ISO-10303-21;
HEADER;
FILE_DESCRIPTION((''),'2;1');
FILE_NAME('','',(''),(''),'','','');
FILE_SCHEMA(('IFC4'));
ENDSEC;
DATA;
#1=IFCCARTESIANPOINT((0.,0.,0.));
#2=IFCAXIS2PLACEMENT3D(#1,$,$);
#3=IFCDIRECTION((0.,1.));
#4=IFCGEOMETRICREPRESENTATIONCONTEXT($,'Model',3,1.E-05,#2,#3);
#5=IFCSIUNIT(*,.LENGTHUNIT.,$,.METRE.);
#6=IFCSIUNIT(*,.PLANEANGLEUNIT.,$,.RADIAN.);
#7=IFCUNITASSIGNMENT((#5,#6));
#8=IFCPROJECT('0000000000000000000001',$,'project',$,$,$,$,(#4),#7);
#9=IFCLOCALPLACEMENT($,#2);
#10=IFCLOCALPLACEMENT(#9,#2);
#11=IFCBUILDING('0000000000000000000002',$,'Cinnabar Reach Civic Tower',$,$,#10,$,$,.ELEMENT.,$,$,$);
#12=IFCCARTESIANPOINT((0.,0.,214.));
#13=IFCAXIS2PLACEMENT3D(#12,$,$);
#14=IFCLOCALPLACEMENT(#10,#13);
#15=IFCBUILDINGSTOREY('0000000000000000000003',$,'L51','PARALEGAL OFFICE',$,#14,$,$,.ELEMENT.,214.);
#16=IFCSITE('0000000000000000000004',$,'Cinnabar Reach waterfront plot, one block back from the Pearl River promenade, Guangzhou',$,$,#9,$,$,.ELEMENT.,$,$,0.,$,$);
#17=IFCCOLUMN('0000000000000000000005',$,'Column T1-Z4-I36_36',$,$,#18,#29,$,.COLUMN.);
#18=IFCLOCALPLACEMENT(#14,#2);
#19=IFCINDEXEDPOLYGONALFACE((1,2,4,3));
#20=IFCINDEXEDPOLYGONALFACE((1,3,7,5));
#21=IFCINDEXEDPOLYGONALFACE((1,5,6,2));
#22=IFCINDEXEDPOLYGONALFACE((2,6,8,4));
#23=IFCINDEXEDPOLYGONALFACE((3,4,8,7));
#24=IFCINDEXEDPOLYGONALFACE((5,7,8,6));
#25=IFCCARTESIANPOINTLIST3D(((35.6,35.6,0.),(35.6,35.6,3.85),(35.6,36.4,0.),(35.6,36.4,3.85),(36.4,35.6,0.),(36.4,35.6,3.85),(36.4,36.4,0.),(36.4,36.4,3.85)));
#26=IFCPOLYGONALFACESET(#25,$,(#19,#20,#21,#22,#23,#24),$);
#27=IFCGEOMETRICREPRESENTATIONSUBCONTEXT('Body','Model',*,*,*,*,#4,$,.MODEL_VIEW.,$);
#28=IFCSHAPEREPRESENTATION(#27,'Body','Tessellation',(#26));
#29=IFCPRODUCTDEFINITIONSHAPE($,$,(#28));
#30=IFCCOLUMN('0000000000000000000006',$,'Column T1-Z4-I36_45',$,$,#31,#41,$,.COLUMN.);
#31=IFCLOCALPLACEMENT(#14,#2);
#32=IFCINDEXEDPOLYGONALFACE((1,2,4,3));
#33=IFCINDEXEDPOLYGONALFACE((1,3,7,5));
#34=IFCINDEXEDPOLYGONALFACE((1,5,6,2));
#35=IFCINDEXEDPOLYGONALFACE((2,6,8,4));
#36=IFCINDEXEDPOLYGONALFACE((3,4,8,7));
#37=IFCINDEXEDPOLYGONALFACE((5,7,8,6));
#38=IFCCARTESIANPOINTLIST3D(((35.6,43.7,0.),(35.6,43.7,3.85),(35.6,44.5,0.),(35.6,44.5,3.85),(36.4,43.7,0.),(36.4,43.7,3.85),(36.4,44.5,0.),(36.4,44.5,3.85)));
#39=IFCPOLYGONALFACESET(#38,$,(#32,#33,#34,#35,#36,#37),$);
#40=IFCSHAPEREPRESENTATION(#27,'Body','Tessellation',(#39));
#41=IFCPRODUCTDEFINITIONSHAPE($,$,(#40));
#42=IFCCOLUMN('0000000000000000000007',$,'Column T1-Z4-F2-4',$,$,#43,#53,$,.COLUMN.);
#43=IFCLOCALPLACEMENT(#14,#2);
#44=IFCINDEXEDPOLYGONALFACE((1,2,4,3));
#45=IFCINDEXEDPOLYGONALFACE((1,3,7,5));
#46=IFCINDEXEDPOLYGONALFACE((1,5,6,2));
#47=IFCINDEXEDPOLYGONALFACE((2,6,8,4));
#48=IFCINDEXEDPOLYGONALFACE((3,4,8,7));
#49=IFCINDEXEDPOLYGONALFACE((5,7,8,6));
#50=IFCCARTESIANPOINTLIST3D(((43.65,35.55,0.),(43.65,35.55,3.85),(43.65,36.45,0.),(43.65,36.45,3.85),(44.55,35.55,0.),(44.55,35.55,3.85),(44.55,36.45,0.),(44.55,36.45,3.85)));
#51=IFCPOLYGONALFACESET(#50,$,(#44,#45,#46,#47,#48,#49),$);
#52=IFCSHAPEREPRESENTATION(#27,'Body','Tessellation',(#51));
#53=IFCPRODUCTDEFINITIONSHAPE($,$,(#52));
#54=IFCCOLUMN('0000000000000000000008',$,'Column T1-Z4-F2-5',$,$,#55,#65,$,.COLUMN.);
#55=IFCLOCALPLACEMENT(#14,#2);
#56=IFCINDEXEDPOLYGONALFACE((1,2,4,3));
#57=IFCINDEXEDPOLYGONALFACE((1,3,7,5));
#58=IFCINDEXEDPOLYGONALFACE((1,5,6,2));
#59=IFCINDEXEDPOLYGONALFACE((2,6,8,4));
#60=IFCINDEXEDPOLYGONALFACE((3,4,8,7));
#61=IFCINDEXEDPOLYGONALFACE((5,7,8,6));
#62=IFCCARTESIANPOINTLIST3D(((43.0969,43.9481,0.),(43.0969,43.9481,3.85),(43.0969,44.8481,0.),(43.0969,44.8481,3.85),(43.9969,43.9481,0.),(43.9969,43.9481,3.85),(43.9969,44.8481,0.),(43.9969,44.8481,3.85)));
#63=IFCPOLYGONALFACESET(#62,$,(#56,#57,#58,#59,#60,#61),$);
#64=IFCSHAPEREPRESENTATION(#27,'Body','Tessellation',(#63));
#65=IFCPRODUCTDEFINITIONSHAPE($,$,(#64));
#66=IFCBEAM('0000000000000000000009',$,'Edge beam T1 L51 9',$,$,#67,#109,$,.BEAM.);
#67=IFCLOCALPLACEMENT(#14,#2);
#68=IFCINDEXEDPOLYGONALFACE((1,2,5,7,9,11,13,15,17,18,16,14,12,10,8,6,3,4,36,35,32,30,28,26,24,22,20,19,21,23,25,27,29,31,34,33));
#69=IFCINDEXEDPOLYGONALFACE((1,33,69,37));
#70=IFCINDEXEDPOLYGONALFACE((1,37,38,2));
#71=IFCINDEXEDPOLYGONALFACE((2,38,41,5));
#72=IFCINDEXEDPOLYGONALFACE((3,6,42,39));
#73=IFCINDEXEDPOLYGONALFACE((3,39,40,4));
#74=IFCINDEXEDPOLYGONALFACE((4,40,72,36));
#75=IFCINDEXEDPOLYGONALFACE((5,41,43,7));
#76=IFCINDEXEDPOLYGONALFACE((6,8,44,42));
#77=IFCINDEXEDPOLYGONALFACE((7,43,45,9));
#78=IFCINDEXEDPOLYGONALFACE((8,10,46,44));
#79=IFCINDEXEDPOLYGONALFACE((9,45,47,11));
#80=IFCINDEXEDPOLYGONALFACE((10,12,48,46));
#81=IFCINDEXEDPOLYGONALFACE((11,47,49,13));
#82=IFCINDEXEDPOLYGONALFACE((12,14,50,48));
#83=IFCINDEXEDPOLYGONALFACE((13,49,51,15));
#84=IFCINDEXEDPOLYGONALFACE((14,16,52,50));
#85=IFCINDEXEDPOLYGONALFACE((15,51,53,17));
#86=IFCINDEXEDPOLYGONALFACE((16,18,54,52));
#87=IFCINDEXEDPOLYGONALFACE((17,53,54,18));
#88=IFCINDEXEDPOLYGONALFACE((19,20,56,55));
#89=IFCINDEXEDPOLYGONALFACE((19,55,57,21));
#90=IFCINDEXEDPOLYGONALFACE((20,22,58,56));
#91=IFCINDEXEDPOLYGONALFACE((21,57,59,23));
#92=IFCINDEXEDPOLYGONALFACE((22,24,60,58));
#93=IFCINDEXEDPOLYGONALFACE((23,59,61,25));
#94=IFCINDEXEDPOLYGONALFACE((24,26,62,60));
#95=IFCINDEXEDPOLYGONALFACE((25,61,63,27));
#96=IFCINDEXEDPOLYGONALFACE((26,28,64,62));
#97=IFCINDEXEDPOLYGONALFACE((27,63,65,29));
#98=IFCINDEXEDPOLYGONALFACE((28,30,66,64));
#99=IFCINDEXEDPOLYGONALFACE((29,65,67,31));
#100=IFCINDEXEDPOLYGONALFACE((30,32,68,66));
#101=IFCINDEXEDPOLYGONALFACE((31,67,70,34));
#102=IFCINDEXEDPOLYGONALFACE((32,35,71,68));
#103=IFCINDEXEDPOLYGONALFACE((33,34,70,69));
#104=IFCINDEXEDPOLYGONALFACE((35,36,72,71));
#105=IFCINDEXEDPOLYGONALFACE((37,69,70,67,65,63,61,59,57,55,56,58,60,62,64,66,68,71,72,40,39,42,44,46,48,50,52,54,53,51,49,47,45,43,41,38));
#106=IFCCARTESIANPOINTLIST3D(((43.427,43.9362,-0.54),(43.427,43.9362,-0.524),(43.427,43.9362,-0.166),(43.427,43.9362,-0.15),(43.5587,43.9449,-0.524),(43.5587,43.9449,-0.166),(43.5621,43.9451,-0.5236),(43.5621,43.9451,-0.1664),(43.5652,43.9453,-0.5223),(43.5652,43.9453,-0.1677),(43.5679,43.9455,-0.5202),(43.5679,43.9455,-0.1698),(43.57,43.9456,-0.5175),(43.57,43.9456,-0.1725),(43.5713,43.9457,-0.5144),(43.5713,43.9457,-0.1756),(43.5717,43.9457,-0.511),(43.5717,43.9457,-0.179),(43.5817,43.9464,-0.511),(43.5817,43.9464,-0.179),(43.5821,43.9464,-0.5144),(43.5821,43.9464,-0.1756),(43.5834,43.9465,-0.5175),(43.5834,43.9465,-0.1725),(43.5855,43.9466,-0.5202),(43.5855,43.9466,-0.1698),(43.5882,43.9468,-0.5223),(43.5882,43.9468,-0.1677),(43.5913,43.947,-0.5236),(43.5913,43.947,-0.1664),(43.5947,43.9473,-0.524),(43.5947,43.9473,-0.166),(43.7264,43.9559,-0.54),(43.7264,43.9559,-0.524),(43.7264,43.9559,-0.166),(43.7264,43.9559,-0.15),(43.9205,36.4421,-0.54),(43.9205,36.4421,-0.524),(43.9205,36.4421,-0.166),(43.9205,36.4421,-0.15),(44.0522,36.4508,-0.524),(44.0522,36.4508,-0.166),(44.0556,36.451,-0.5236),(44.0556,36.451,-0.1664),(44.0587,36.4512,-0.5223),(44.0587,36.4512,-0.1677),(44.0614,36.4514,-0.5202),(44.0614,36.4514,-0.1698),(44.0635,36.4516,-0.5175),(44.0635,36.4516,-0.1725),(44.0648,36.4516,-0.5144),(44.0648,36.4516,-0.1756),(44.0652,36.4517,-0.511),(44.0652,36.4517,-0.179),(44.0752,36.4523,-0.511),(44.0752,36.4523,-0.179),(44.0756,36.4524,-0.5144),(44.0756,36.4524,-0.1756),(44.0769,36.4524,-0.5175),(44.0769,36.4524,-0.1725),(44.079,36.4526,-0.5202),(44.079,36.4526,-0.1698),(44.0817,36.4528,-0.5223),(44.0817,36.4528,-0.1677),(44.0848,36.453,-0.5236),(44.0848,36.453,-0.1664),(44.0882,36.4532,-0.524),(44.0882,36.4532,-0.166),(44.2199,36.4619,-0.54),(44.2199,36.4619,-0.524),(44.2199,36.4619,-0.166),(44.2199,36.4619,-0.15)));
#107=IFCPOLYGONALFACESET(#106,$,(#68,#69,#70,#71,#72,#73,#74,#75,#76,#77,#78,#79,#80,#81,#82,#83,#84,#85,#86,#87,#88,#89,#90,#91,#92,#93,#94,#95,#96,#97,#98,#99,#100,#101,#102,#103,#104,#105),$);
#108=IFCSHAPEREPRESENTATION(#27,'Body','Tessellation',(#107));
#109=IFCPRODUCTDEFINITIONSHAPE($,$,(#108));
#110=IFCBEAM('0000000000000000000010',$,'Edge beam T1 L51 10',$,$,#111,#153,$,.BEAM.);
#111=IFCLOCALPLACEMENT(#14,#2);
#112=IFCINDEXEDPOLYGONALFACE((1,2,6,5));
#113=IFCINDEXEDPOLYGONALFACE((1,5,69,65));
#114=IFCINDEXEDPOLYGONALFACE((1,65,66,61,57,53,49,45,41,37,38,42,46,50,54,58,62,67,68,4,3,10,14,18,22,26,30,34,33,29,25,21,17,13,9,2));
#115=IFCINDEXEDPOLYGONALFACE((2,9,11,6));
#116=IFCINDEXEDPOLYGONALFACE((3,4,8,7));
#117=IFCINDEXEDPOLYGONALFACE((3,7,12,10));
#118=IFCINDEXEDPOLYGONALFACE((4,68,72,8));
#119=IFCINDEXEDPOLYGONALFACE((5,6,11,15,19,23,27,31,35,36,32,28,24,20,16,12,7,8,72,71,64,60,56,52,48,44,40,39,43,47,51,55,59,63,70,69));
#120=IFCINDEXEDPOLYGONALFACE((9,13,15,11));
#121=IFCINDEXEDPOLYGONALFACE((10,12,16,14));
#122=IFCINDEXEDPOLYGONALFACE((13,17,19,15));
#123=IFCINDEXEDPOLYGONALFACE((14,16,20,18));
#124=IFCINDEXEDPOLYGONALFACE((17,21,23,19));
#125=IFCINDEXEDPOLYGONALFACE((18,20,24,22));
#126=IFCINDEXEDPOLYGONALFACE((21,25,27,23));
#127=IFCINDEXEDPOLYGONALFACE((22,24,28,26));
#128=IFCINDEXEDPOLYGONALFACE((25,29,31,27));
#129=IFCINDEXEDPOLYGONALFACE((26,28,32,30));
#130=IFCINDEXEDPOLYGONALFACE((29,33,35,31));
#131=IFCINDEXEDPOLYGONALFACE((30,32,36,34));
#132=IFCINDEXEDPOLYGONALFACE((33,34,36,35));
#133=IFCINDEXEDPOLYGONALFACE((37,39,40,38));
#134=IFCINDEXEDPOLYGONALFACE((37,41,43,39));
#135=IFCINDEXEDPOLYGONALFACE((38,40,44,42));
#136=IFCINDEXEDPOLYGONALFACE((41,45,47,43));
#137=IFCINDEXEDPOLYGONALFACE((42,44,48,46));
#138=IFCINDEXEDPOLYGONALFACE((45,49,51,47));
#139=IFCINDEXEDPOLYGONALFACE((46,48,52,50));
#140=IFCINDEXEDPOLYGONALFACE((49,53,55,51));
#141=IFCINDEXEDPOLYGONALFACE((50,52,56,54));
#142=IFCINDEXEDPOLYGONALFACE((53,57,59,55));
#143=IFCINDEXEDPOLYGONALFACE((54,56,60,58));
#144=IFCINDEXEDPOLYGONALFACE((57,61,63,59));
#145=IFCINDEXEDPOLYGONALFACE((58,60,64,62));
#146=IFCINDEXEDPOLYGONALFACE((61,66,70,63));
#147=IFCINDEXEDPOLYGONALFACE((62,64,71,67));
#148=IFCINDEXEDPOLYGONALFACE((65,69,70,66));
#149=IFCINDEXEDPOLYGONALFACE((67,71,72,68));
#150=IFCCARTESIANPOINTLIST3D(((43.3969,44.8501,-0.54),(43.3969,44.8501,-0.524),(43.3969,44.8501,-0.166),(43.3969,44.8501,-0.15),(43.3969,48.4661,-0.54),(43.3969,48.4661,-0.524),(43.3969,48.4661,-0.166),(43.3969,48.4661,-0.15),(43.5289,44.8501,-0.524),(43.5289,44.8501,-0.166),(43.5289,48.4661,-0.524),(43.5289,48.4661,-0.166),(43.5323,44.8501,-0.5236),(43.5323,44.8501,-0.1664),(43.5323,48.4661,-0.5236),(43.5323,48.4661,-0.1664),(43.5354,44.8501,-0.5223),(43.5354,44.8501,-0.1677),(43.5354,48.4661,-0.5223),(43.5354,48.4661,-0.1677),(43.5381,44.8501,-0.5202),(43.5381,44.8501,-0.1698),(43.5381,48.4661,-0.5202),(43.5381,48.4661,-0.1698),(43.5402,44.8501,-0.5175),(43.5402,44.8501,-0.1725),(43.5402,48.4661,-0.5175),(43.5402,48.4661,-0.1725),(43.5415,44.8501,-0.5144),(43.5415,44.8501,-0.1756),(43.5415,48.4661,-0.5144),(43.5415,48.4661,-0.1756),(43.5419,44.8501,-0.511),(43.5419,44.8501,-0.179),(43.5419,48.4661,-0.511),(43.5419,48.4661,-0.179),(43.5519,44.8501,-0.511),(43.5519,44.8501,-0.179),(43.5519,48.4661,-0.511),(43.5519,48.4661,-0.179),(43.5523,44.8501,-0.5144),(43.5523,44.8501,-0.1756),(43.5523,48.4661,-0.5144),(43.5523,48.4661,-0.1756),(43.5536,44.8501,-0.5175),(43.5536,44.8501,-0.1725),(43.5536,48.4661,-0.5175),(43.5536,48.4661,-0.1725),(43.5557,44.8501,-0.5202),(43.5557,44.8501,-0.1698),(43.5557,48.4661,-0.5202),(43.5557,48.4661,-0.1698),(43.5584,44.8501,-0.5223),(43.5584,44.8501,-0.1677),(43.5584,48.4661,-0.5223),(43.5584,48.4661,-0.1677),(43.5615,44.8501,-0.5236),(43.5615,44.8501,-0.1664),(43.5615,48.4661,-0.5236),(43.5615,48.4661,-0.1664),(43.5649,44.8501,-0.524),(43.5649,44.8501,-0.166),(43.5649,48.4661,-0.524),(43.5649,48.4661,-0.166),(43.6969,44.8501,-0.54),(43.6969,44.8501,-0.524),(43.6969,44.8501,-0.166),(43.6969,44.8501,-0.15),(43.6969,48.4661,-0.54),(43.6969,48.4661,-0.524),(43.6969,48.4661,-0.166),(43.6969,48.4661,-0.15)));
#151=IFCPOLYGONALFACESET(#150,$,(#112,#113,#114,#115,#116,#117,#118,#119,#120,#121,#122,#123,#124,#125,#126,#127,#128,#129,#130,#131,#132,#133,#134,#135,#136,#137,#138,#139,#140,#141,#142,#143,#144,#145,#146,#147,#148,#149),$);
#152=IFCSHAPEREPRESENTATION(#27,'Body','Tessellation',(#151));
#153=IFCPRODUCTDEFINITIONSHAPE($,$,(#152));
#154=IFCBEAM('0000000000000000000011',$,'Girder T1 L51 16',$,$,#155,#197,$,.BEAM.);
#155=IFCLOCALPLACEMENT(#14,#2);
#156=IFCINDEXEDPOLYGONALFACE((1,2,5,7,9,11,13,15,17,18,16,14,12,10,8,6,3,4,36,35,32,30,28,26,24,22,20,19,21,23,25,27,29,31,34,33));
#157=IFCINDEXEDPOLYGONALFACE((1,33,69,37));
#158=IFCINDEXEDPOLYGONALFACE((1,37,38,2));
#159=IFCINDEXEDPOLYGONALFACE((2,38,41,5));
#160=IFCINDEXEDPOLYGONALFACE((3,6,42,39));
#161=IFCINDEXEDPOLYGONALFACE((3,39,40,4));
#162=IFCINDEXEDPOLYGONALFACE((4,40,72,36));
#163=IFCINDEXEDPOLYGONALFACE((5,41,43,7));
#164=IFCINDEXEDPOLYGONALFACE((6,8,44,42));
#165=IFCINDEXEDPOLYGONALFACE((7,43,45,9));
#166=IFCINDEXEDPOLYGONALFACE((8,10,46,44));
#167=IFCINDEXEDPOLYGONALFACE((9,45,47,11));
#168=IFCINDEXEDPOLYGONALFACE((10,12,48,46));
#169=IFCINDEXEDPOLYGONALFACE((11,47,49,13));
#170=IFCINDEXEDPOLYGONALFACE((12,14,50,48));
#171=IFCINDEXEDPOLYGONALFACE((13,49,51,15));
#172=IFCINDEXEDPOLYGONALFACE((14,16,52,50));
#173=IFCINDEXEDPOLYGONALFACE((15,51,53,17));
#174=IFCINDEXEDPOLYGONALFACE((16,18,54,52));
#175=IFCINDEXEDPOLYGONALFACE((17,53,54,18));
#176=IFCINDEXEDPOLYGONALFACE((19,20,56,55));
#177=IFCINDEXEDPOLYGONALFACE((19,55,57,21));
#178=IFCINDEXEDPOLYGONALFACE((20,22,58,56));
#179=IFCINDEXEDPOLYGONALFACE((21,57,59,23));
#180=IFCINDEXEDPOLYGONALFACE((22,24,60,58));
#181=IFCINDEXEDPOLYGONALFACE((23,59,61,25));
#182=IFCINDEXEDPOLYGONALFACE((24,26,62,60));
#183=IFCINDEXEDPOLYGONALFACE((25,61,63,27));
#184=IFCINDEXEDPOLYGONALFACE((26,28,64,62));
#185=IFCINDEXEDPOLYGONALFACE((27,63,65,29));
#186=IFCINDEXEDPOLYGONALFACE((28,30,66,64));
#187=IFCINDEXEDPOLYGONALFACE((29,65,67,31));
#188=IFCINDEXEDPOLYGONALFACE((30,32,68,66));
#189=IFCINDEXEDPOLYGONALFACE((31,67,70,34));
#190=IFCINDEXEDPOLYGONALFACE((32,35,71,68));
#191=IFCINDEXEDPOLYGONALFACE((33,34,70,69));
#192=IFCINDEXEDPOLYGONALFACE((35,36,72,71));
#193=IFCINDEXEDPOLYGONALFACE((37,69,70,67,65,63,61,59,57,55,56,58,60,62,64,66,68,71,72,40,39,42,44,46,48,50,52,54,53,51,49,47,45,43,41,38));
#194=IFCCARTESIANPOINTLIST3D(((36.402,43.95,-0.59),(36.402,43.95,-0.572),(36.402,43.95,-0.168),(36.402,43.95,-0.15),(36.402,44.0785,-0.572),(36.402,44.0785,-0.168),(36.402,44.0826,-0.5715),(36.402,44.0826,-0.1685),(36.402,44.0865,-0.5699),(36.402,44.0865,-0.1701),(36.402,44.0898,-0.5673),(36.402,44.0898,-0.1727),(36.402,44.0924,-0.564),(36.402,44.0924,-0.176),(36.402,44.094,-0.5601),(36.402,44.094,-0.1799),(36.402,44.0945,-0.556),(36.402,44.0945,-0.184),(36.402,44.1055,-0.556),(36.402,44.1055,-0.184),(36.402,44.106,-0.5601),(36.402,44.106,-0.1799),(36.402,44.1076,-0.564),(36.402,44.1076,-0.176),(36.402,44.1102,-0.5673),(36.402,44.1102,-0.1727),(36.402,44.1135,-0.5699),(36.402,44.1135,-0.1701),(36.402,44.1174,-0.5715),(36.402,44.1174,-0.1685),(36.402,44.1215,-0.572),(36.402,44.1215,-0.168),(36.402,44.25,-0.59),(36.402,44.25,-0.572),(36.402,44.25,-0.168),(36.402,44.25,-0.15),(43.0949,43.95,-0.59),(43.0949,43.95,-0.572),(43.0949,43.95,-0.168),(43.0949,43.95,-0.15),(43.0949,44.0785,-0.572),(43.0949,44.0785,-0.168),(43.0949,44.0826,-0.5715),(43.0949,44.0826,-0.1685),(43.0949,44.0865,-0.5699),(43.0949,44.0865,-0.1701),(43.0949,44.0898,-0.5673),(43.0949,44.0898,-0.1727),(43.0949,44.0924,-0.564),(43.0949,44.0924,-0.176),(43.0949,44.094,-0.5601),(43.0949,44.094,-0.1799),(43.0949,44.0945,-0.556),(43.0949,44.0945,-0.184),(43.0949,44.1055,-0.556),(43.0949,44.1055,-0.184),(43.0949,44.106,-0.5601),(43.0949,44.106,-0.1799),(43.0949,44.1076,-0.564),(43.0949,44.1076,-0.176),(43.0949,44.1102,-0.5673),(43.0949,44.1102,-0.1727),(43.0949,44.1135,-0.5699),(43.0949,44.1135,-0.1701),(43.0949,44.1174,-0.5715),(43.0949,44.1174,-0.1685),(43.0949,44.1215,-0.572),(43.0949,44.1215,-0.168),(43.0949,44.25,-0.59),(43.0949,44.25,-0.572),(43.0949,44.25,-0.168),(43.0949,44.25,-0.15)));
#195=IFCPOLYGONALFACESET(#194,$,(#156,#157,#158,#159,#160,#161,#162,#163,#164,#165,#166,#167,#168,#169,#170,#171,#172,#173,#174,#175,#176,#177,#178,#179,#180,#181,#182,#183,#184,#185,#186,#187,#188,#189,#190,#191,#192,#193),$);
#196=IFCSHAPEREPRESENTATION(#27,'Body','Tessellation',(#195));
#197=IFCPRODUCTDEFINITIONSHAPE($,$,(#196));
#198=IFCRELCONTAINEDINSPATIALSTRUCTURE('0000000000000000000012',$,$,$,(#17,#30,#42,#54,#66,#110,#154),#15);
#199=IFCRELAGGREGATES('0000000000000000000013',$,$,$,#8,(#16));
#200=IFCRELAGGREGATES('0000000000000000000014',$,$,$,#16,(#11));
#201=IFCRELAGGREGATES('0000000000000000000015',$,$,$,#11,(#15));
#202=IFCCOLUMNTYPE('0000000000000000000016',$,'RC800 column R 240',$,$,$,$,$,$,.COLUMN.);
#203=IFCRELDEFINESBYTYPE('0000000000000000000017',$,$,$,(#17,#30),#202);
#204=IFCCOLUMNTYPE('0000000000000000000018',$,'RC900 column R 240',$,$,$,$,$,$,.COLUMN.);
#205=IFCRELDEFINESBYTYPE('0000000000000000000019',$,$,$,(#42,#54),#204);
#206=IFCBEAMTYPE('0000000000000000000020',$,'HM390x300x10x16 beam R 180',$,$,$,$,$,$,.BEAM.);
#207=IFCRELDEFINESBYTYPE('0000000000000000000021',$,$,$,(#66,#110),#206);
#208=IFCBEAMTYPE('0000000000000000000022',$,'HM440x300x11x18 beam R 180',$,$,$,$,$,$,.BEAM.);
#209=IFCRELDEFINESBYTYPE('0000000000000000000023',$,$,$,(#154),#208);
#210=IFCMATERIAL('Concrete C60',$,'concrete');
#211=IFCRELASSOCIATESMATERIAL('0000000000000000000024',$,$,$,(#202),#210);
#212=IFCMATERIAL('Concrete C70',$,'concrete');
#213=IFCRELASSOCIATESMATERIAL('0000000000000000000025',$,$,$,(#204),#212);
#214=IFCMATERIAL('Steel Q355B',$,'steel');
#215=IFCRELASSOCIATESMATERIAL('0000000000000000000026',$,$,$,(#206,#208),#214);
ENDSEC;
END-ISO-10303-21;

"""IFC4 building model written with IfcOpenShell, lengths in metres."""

from ifc_helpers import new_model, si_unit, direction, frame, origin, origin_2d, place, context, subcontext, project, spatial, rectangle, i_section, extrude, material, material_profile, profile_set, type_object, element, save


model = new_model("IFC4")

# Units and contexts
model_context = context("Model", 3, precision=1e-05, world=origin(), true_north=direction((0.0, 1.0)))
body_context = subcontext(model_context, "Body", "Model", "MODEL_VIEW")
ifc_project = project(units=[si_unit("LENGTHUNIT", "METRE"), si_unit("PLANEANGLEUNIT", "RADIAN")], contexts=[model_context])

# Site, building, storey
site_placement = place(None, origin())
site = spatial("IfcSite", under=ifc_project, at=site_placement, Name="Cinnabar Reach waterfront plot, one block back from the Pearl River promenade, Guangzhou", CompositionType="ELEMENT", RefElevation=0.0)
building_placement = place(site_placement, origin())
building = spatial("IfcBuilding", under=site, at=building_placement, Name="Cinnabar Reach Civic Tower", CompositionType="ELEMENT")
storey_placement = place(building_placement, frame((0.0, 0.0, 214.0)))
storey = spatial("IfcBuildingStorey", under=building, at=storey_placement, Name="L51", Description="PARALEGAL OFFICE", CompositionType="ELEMENT", Elevation=214.0)

# Columns
ifc_material_1 = material(Name="Concrete C60", Category="concrete")
ifc_material_profile_1 = material_profile(ifc_material_1, rectangle(XDim=0.8, YDim=0.8, at=origin_2d()), Name="RC800")
ifc_profile_set_1 = profile_set([ifc_material_profile_1], Name="Concrete C60")
column_type_1 = type_object("IfcColumnType", Name="RC800 column R 240", PredefinedType="COLUMN", material=ifc_profile_set_1)
for number, where, z_axis, x_axis, name in (
    (1, (36.0, 36.0, 0.0), (0.0, 0.0, 1.0), (1.0, 0.0, 0.0), "Column T1-Z4-I36_36"),
    (2, (36.0, 44.1, 0.0), (0.0, 0.0, 1.0), (1.0, 0.0, 0.0), "Column T1-Z4-I36_45"),
):
    element("IfcColumn", number, at=place(storey_placement, frame(where, z_axis=z_axis, x_axis=x_axis)), inside=storey, type_object=column_type_1, Name=name, PredefinedType="COLUMN", context=body_context, shape_type="SweptSolid", body=[
        extrude(rectangle(XDim=0.8, YDim=0.8, at=origin_2d()), origin(), (0.0, 0.0, 1.0), 3.85),
    ])
ifc_material_2 = material(Name="Concrete C70", Category="concrete")
ifc_material_profile_2 = material_profile(ifc_material_2, rectangle(XDim=0.9, YDim=0.9, at=origin_2d()), Name="RC900")
ifc_profile_set_2 = profile_set([ifc_material_profile_2], Name="Concrete C70")
column_type_2 = type_object("IfcColumnType", Name="RC900 column R 240", PredefinedType="COLUMN", material=ifc_profile_set_2)
for number, where, z_axis, x_axis, name in (
    (3, (44.1, 36.0, 0.0), (0.0, 0.0, 1.0), (1.0, 0.0, 0.0), "Column T1-Z4-F2-4"),
    (4, (43.5469, 44.3981, 0.0), (0.0, 0.0, 1.0), (1.0, 0.0, 0.0), "Column T1-Z4-F2-5"),
):
    element("IfcColumn", number, at=place(storey_placement, frame(where, z_axis=z_axis, x_axis=x_axis)), inside=storey, type_object=column_type_2, Name=name, PredefinedType="COLUMN", context=body_context, shape_type="SweptSolid", body=[
        extrude(rectangle(XDim=0.9, YDim=0.9, at=origin_2d()), origin(), (0.0, 0.0, 1.0), 3.85),
    ])

# Beams
ifc_material_3 = material(Name="Steel Q355B", Category="steel")
ifc_material_profile_3 = material_profile(ifc_material_3, i_section(OverallWidth=0.3, OverallDepth=0.39, WebThickness=0.01, FlangeThickness=0.016, FilletRadius=0.013, at=origin_2d()), Name="HM390x300x10x16")
ifc_profile_set_3 = profile_set([ifc_material_profile_3], Name="Steel Q355B")
beam_type_1 = type_object("IfcBeamType", Name="HM390x300x10x16 beam R 180", PredefinedType="BEAM", material=ifc_profile_set_3)
beam_1_placement = place(storey_placement, frame((44.0702, 36.452, -0.345), z_axis=(-0.065709, 0.997839, 0.0), x_axis=(-0.997839, -0.065709, 0.0)))
element("IfcBeam", 5, at=beam_1_placement, inside=storey, type_object=beam_type_1, Name="Edge beam T1 L51 9", PredefinedType="BEAM", context=body_context, shape_type="SweptSolid", body=[
    extrude(i_section(OverallWidth=0.3, OverallDepth=0.39, WebThickness=0.01, FlangeThickness=0.016, FilletRadius=0.013, at=origin_2d()), origin(), (0.0, 0.0, 1.0), 7.5103),
])
beam_2_placement = place(storey_placement, frame((43.5469, 44.8501, -0.345), z_axis=(0.0, 1.0, 0.0), x_axis=(-1.0, 0.0, 0.0)))
element("IfcBeam", 6, at=beam_2_placement, inside=storey, type_object=beam_type_1, Name="Edge beam T1 L51 10", PredefinedType="BEAM", context=body_context, shape_type="SweptSolid", body=[
    extrude(i_section(OverallWidth=0.3, OverallDepth=0.39, WebThickness=0.01, FlangeThickness=0.016, FilletRadius=0.013, at=origin_2d()), origin(), (0.0, 0.0, 1.0), 3.616),
])
ifc_material_profile_4 = material_profile(ifc_material_3, i_section(OverallWidth=0.3, OverallDepth=0.44, WebThickness=0.011, FlangeThickness=0.018, FilletRadius=0.016, at=origin_2d()), Name="HM440x300x11x18")
ifc_profile_set_4 = profile_set([ifc_material_profile_4], Name="Steel Q355B")
beam_type_2 = type_object("IfcBeamType", Name="HM440x300x11x18 beam R 180", PredefinedType="BEAM", material=ifc_profile_set_4)
beam_3_placement = place(storey_placement, frame((36.402, 44.1, -0.37), z_axis=(1.0, 0.0, 0.0), x_axis=(0.0, 1.0, 0.0)))
element("IfcBeam", 7, at=beam_3_placement, inside=storey, type_object=beam_type_2, Name="Girder T1 L51 16", PredefinedType="BEAM", context=body_context, shape_type="SweptSolid", body=[
    extrude(i_section(OverallWidth=0.3, OverallDepth=0.44, WebThickness=0.011, FlangeThickness=0.018, FilletRadius=0.016, at=origin_2d()), origin(), (0.0, 0.0, 1.0), 6.6929),
])

save(model, "model.ifc")
